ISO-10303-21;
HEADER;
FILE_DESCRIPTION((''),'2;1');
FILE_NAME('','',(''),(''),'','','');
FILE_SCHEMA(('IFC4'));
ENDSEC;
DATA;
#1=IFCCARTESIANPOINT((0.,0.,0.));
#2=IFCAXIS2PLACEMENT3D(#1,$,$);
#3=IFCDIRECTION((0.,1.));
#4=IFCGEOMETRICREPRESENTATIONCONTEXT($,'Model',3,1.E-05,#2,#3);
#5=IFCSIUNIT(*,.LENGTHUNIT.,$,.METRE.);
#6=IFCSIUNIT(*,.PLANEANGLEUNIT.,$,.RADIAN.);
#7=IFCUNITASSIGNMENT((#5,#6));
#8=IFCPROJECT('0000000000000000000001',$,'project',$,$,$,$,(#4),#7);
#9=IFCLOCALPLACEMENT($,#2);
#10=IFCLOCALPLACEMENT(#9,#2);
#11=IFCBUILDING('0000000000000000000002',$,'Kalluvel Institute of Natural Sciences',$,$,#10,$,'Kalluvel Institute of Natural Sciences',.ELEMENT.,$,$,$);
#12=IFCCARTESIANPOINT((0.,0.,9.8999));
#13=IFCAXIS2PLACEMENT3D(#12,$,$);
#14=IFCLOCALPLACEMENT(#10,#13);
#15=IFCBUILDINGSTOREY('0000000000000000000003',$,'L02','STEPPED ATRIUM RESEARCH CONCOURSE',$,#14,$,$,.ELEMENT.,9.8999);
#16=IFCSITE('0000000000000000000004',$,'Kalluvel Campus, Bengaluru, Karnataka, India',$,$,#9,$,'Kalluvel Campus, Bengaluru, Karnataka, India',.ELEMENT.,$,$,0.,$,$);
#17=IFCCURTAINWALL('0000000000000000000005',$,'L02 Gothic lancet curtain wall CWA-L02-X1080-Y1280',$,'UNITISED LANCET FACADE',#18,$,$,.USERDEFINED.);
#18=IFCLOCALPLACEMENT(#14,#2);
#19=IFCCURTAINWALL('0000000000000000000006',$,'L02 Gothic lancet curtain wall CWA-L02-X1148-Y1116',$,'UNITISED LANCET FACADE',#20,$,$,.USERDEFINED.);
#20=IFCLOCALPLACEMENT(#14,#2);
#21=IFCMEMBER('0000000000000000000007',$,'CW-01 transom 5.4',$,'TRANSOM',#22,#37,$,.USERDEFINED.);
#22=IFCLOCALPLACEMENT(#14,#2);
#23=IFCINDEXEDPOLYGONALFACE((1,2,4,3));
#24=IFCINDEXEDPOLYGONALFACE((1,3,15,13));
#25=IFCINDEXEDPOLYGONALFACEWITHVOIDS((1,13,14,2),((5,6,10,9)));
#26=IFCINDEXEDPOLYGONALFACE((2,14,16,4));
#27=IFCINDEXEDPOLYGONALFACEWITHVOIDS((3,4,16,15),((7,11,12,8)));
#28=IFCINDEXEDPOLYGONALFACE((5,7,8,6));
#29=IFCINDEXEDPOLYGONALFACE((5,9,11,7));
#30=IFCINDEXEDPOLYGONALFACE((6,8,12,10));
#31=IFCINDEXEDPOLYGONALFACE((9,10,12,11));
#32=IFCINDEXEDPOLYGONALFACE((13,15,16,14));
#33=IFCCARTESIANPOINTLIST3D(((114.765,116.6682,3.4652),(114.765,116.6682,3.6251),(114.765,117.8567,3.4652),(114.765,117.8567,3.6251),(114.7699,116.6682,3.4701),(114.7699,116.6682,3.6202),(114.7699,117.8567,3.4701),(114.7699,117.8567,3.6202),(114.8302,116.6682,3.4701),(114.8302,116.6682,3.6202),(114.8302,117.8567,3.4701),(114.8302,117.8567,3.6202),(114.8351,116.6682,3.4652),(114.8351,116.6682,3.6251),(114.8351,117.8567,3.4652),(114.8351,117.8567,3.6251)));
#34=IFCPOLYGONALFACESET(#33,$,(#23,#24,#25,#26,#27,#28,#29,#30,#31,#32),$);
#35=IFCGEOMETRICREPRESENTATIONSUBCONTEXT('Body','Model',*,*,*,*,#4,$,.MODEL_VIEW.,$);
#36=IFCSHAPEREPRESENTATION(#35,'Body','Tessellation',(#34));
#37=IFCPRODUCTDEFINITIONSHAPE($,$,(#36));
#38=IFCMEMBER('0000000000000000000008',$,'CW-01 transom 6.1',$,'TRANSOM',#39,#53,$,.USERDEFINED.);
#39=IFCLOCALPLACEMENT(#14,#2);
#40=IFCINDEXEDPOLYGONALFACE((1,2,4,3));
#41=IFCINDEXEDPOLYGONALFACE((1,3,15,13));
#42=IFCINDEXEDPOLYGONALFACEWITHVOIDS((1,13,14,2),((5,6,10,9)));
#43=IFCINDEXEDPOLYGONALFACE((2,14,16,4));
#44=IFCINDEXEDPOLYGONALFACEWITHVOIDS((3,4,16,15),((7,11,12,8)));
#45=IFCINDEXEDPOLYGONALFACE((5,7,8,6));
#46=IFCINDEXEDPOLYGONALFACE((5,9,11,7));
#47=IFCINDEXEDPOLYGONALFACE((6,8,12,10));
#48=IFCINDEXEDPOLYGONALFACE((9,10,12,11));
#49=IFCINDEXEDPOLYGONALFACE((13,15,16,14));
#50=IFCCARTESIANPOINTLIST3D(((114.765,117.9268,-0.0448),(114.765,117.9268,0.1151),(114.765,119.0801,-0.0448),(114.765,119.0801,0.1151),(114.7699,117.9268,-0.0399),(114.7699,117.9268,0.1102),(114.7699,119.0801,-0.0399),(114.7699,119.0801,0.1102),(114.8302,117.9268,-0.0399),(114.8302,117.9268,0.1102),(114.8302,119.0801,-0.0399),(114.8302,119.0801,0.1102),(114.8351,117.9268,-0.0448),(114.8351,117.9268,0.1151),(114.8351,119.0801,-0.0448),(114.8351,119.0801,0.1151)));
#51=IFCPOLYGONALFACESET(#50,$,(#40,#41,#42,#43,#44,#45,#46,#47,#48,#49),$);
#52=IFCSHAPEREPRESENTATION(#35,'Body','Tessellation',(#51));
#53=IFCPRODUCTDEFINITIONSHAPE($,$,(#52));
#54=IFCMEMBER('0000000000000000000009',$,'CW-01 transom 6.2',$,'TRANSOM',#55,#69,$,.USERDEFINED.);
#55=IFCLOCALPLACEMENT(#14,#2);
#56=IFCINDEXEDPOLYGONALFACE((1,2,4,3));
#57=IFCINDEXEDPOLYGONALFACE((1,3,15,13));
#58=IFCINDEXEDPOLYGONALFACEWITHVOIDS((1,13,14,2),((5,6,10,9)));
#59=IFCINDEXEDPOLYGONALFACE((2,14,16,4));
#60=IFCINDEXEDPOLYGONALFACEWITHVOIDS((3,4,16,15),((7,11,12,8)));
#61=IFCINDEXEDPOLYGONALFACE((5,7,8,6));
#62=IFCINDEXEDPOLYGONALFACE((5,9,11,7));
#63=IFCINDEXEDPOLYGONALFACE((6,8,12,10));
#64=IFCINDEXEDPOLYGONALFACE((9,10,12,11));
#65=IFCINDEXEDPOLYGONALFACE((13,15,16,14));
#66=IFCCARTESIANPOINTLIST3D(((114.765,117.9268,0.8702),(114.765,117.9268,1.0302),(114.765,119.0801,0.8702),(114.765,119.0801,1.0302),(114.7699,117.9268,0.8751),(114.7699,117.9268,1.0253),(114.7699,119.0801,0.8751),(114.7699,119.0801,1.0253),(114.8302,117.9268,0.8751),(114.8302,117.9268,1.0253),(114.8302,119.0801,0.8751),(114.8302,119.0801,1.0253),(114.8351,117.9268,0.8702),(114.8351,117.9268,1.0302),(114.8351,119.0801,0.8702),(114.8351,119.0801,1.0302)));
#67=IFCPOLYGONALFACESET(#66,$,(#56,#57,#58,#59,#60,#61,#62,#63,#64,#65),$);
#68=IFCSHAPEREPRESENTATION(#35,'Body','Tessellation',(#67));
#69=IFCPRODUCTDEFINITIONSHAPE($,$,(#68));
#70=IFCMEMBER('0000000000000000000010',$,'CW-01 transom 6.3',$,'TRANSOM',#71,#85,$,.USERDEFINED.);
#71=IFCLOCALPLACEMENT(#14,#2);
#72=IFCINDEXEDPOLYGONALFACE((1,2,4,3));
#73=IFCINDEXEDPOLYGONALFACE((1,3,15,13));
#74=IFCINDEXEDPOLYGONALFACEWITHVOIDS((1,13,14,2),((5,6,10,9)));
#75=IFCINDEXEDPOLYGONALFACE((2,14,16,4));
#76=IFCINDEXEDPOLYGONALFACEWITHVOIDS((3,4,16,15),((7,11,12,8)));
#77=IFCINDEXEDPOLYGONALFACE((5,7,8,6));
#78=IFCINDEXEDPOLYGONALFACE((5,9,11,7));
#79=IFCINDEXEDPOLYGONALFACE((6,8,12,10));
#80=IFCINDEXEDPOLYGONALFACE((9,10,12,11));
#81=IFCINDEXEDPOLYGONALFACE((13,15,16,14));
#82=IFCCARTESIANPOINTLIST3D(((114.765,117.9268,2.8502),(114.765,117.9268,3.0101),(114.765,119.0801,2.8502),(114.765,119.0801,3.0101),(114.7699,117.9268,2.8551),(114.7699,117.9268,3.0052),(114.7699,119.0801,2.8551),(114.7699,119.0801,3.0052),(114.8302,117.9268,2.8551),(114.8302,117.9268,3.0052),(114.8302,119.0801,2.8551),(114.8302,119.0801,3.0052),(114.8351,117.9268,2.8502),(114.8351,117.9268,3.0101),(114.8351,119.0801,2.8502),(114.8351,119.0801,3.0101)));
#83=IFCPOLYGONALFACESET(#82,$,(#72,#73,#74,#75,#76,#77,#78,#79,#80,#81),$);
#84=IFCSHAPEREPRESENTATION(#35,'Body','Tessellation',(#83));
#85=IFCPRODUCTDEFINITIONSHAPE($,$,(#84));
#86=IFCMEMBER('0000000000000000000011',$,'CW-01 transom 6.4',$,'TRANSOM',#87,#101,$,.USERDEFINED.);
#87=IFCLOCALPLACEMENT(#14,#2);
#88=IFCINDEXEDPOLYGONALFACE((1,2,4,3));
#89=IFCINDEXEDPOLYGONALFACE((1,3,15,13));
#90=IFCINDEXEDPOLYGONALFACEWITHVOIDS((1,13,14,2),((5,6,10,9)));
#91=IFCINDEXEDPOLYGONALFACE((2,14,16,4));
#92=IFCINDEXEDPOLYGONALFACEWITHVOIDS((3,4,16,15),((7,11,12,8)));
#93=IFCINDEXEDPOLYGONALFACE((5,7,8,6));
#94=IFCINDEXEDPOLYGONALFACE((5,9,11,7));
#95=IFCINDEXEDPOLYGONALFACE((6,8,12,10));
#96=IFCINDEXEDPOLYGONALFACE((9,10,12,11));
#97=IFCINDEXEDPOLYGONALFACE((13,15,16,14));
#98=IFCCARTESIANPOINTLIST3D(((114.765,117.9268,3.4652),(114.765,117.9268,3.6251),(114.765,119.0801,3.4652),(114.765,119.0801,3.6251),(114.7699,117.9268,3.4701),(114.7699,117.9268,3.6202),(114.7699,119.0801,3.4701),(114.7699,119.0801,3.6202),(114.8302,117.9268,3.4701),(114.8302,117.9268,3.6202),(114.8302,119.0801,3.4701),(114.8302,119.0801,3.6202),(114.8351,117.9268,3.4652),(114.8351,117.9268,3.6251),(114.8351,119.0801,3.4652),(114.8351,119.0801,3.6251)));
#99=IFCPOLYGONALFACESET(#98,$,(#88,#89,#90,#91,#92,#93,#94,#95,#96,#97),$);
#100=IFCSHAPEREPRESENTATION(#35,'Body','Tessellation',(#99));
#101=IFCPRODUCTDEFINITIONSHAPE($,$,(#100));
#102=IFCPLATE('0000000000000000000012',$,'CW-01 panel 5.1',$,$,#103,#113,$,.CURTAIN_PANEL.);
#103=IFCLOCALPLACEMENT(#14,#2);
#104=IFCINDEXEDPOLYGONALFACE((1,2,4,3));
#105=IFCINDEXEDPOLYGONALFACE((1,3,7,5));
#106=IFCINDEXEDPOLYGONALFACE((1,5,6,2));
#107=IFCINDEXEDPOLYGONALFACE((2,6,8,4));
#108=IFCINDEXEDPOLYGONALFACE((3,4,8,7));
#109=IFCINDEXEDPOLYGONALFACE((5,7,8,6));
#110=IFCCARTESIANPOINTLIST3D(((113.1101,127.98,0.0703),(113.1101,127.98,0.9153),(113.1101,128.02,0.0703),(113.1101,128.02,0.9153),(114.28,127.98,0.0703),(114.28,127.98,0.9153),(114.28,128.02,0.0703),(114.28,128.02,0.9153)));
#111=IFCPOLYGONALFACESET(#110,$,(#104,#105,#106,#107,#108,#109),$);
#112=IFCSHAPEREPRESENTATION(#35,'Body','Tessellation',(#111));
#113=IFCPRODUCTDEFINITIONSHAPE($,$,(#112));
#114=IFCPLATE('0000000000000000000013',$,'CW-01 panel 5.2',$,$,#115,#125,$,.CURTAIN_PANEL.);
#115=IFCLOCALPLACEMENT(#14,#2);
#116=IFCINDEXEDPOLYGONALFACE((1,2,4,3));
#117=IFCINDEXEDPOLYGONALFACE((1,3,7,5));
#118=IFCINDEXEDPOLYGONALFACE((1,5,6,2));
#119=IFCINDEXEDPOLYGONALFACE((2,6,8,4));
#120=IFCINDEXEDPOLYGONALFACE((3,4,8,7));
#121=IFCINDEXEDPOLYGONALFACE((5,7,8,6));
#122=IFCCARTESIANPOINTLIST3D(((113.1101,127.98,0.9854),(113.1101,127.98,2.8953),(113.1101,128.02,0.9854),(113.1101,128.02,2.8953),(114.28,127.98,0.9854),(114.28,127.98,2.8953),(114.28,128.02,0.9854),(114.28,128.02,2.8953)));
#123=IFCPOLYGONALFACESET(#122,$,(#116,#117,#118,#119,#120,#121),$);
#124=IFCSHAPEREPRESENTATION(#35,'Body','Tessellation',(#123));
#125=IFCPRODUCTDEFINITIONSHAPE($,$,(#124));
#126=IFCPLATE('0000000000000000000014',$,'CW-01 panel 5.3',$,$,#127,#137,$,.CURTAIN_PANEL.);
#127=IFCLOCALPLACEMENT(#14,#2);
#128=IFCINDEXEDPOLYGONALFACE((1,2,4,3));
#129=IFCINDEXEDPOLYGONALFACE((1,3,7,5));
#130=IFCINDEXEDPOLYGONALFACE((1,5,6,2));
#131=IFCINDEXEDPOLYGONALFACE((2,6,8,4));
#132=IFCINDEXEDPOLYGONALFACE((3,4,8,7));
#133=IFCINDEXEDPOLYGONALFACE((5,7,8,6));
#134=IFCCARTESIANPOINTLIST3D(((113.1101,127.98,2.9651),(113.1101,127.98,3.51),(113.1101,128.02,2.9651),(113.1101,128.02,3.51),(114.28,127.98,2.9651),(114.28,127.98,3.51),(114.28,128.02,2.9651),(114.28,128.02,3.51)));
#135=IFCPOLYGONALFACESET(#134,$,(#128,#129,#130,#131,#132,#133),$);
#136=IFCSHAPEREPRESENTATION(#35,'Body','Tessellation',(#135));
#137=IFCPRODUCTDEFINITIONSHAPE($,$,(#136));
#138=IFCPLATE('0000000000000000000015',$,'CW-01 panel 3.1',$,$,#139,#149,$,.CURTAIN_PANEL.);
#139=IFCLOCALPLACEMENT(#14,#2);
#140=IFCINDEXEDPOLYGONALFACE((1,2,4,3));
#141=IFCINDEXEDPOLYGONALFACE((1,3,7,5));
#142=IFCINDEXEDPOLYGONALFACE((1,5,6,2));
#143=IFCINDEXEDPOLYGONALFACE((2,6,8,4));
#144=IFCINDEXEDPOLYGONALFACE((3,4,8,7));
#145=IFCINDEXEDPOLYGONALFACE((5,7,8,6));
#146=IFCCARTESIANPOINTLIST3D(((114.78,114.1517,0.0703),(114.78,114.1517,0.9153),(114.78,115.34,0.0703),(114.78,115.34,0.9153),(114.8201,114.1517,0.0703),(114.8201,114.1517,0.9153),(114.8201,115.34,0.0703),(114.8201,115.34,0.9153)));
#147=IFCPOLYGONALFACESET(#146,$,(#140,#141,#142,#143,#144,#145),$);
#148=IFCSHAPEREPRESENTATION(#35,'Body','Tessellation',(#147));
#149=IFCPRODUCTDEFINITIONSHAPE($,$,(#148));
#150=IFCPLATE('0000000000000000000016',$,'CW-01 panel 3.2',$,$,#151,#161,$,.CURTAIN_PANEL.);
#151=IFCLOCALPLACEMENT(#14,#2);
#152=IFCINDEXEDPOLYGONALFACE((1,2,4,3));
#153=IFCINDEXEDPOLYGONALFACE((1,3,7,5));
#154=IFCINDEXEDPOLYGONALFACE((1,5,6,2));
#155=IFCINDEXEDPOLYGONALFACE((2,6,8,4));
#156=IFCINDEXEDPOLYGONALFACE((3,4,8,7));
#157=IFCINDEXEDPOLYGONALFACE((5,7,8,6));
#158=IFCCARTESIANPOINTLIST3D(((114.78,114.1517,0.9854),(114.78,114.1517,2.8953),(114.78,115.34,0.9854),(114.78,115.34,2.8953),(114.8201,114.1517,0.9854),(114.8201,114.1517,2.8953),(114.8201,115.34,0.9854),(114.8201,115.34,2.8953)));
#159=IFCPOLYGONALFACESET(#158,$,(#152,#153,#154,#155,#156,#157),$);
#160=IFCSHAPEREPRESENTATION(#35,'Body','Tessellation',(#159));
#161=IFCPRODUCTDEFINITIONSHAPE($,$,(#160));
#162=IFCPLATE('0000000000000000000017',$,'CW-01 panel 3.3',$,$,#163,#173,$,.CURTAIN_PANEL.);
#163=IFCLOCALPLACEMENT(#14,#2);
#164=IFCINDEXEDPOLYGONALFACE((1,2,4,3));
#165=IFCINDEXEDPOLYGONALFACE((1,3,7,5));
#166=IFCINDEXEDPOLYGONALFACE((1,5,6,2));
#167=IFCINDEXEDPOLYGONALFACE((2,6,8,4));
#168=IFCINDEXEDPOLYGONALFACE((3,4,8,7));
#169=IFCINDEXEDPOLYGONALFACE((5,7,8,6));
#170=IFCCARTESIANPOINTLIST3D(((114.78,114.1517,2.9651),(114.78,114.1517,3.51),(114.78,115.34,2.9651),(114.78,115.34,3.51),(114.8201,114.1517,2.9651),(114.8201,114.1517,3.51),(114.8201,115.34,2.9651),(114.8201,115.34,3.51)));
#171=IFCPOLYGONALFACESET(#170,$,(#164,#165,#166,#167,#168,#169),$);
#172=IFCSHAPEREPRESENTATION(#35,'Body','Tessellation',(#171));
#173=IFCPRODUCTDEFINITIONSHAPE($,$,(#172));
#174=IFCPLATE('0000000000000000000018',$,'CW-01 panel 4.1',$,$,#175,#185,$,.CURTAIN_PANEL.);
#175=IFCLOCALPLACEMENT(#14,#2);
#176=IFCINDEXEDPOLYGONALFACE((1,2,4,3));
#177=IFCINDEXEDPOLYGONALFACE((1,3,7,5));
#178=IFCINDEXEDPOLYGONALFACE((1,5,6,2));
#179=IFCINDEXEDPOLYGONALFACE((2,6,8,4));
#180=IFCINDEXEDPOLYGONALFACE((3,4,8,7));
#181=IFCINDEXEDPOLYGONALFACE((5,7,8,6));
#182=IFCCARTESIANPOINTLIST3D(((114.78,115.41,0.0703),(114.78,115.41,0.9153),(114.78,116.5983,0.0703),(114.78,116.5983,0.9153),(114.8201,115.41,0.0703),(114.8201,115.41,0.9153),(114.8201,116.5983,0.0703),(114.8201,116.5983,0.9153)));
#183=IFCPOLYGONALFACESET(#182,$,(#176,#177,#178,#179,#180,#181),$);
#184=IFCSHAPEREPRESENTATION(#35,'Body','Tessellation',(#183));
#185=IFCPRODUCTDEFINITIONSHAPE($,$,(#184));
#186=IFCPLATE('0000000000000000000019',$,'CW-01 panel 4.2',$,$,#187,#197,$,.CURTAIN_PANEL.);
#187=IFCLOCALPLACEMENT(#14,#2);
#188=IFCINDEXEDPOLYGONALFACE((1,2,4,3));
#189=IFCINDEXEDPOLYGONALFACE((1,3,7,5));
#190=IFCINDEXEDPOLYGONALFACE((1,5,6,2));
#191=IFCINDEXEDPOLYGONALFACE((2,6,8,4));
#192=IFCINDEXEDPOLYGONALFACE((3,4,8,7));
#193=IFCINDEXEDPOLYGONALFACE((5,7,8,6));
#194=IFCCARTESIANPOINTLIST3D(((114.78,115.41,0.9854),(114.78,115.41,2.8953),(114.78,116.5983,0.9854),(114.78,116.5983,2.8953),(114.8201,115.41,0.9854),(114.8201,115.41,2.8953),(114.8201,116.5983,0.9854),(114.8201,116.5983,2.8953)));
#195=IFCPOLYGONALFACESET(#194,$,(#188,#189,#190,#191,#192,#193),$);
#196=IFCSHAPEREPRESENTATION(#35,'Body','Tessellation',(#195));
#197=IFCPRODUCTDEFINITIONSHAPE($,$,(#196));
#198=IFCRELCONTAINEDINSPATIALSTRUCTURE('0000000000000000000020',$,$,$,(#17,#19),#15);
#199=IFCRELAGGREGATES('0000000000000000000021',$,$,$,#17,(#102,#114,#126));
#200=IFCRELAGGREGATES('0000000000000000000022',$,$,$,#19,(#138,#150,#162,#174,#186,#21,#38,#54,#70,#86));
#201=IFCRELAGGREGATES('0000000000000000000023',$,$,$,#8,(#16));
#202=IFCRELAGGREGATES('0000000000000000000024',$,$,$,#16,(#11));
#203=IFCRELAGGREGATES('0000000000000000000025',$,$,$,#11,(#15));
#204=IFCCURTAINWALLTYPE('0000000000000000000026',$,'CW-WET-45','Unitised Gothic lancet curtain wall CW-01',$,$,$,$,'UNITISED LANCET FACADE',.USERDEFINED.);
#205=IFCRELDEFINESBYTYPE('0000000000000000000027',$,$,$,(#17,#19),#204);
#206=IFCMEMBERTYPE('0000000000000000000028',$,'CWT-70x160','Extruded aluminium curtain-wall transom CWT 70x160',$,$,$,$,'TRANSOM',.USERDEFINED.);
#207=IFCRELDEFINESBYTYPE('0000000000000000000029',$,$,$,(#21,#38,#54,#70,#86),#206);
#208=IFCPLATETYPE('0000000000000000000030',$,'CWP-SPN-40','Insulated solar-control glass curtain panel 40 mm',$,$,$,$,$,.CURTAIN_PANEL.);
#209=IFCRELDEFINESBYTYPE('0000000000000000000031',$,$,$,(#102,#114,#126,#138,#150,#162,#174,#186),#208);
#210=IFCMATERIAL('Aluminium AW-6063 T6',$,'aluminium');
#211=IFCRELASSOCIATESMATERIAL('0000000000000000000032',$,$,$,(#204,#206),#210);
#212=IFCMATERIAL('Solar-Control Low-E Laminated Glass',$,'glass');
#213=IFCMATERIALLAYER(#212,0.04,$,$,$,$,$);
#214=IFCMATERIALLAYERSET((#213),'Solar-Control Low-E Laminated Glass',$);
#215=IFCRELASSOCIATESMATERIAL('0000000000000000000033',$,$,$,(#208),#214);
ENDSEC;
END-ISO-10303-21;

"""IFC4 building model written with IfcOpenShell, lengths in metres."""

from ifc_helpers import new_model, si_unit, direction, frame, origin, origin_2d, place, context, subcontext, project, spatial, rectangle, hollow_rectangle, extrude, material, layer, layer_set, material_profile, profile_set, type_object, element, aggregate, save


model = new_model("IFC4")

# Units and contexts
model_context = context("Model", 3, precision=1e-05, world=origin(), true_north=direction((0.0, 1.0)))
body_context = subcontext(model_context, "Body", "Model", "MODEL_VIEW")
ifc_project = project(units=[si_unit("LENGTHUNIT", "METRE"), si_unit("PLANEANGLEUNIT", "RADIAN")], contexts=[model_context])

# Site, building, storey
site_placement = place(None, origin())
site = spatial("IfcSite", under=ifc_project, at=site_placement, Name="Kalluvel Campus, Bengaluru, Karnataka, India", LongName="Kalluvel Campus, Bengaluru, Karnataka, India", CompositionType="ELEMENT", RefElevation=0.0)
building_placement = place(site_placement, origin())
building = spatial("IfcBuilding", under=site, at=building_placement, Name="Kalluvel Institute of Natural Sciences", LongName="Kalluvel Institute of Natural Sciences", CompositionType="ELEMENT")
storey_placement = place(building_placement, frame((0.0, 0.0, 9.8999)))
storey = spatial("IfcBuildingStorey", under=building, at=storey_placement, Name="L02", Description="STEPPED ATRIUM RESEARCH CONCOURSE", CompositionType="ELEMENT", Elevation=9.8999)

# Curtain wall
ifc_material_1 = material(Name="Aluminium AW-6063 T6", Category="aluminium")
curtain_wall_type = type_object("IfcCurtainWallType", Name="CW-WET-45", Description="Unitised Gothic lancet curtain wall CW-01", ElementType="UNITISED LANCET FACADE", PredefinedType="USERDEFINED", material=ifc_material_1)
curtain_wall_1_placement = place(storey_placement, origin())
curtain_wall_1 = element("IfcCurtainWall", 1, at=curtain_wall_1_placement, inside=storey, type_object=curtain_wall_type, Name="L02 Gothic lancet curtain wall CWA-L02-X1080-Y1280", ObjectType="UNITISED LANCET FACADE", PredefinedType="USERDEFINED")

# Curtain wall, members
curtain_wall_2_placement = place(storey_placement, origin())
curtain_wall_2 = element("IfcCurtainWall", 2, at=curtain_wall_2_placement, inside=storey, type_object=curtain_wall_type, Name="L02 Gothic lancet curtain wall CWA-L02-X1148-Y1116", ObjectType="UNITISED LANCET FACADE", PredefinedType="USERDEFINED")
ifc_material_profile_1 = material_profile(ifc_material_1, hollow_rectangle(XDim=0.0701, YDim=0.1599, WallThickness=0.0049, at=origin_2d()), Name="CWT 70x160")
ifc_profile_set_1 = profile_set([ifc_material_profile_1], Name="Aluminium AW-6063 T6")
member_type_1 = type_object("IfcMemberType", Name="CWT-70x160", Description="Extruded aluminium curtain-wall transom CWT 70x160", ElementType="TRANSOM", PredefinedType="USERDEFINED", material=ifc_profile_set_1)
member_1_placement = place(storey_placement, frame((114.8, 116.6682, 3.5452), z_axis=(0.0, 1.0, 0.0), x_axis=(-1.0, 0.0, 0.0)))
member_1 = element("IfcMember", 3, at=member_1_placement, type_object=member_type_1, Name="CW-01 transom 5.4", ObjectType="TRANSOM", PredefinedType="USERDEFINED", context=body_context, shape_type="SweptSolid", body=[
    extrude(hollow_rectangle(XDim=0.0701, YDim=0.1599, WallThickness=0.0049, at=origin_2d()), origin(), (0.0, 0.0, 1.0), 1.1885),
])
member_2_placement = place(storey_placement, frame((114.8, 117.9268, 0.0352), z_axis=(0.0, 1.0, 0.0), x_axis=(-1.0, 0.0, 0.0)))
member_2 = element("IfcMember", 4, at=member_2_placement, type_object=member_type_1, Name="CW-01 transom 6.1", ObjectType="TRANSOM", PredefinedType="USERDEFINED", context=body_context, shape_type="SweptSolid", body=[
    extrude(hollow_rectangle(XDim=0.0701, YDim=0.1599, WallThickness=0.0049, at=origin_2d()), origin(), (0.0, 0.0, 1.0), 1.1533),
])
member_3_placement = place(storey_placement, frame((114.8, 117.9268, 0.9502), z_axis=(0.0, 1.0, 0.0), x_axis=(-1.0, 0.0, 0.0)))
member_3 = element("IfcMember", 5, at=member_3_placement, type_object=member_type_1, Name="CW-01 transom 6.2", ObjectType="TRANSOM", PredefinedType="USERDEFINED", context=body_context, shape_type="SweptSolid", body=[
    extrude(hollow_rectangle(XDim=0.0701, YDim=0.1599, WallThickness=0.0049, at=origin_2d()), origin(), (0.0, 0.0, 1.0), 1.1533),
])
member_4_placement = place(storey_placement, frame((114.8, 117.9268, 2.9302), z_axis=(0.0, 1.0, 0.0), x_axis=(-1.0, 0.0, 0.0)))
member_4 = element("IfcMember", 6, at=member_4_placement, type_object=member_type_1, Name="CW-01 transom 6.3", ObjectType="TRANSOM", PredefinedType="USERDEFINED", context=body_context, shape_type="SweptSolid", body=[
    extrude(hollow_rectangle(XDim=0.0701, YDim=0.1599, WallThickness=0.0049, at=origin_2d()), origin(), (0.0, 0.0, 1.0), 1.1533),
])
member_5_placement = place(storey_placement, frame((114.8, 117.9268, 3.5452), z_axis=(0.0, 1.0, 0.0), x_axis=(-1.0, 0.0, 0.0)))
member_5 = element("IfcMember", 7, at=member_5_placement, type_object=member_type_1, Name="CW-01 transom 6.4", ObjectType="TRANSOM", PredefinedType="USERDEFINED", context=body_context, shape_type="SweptSolid", body=[
    extrude(hollow_rectangle(XDim=0.0701, YDim=0.1599, WallThickness=0.0049, at=origin_2d()), origin(), (0.0, 0.0, 1.0), 1.1533),
])

# Plates
ifc_material_2 = material(Name="Solar-Control Low-E Laminated Glass", Category="glass")
ifc_layer = layer(ifc_material_2, 0.04)
ifc_layer_set = layer_set([ifc_layer], Name="Solar-Control Low-E Laminated Glass")
plate_type = type_object("IfcPlateType", Name="CWP-SPN-40", Description="Insulated solar-control glass curtain panel 40 mm", PredefinedType="CURTAIN_PANEL", material=ifc_layer_set)
plate_1_placement = place(storey_placement, frame((113.6951, 128.0, 0.0703), z_axis=(0.0, 0.0, 1.0), x_axis=(1.0, 0.0, 0.0)))
plate_1 = element("IfcPlate", 8, at=plate_1_placement, type_object=plate_type, Name="CW-01 panel 5.1", PredefinedType="CURTAIN_PANEL", context=body_context, shape_type="SweptSolid", body=[
    extrude(rectangle(XDim=1.1699, YDim=0.04, at=origin_2d()), origin(), (0.0, 0.0, 1.0), 0.845),
])
plate_2_placement = place(storey_placement, frame((113.6951, 128.0, 0.9854), z_axis=(0.0, 0.0, 1.0), x_axis=(1.0, 0.0, 0.0)))
plate_2 = element("IfcPlate", 9, at=plate_2_placement, type_object=plate_type, Name="CW-01 panel 5.2", PredefinedType="CURTAIN_PANEL", context=body_context, shape_type="SweptSolid", body=[
    extrude(rectangle(XDim=1.1699, YDim=0.04, at=origin_2d()), origin(), (0.0, 0.0, 1.0), 1.9099),
])
plate_3_placement = place(storey_placement, frame((113.6951, 128.0, 2.9651), z_axis=(0.0, 0.0, 1.0), x_axis=(1.0, 0.0, 0.0)))
plate_3 = element("IfcPlate", 10, at=plate_3_placement, type_object=plate_type, Name="CW-01 panel 5.3", PredefinedType="CURTAIN_PANEL", context=body_context, shape_type="SweptSolid", body=[
    extrude(rectangle(XDim=1.1699, YDim=0.04, at=origin_2d()), origin(), (0.0, 0.0, 1.0), 0.5449),
])
aggregate(curtain_wall_1, [plate_1, plate_2, plate_3])
plate_4_placement = place(storey_placement, frame((114.8, 114.7458, 0.0703), z_axis=(0.0, 0.0, 1.0), x_axis=(0.0, 1.0, 0.0)))
plate_4 = element("IfcPlate", 11, at=plate_4_placement, type_object=plate_type, Name="CW-01 panel 3.1", PredefinedType="CURTAIN_PANEL", context=body_context, shape_type="SweptSolid", body=[
    extrude(rectangle(XDim=1.1882, YDim=0.04, at=origin_2d()), origin(), (0.0, 0.0, 1.0), 0.845),
])
plate_5_placement = place(storey_placement, frame((114.8, 114.7458, 0.9854), z_axis=(0.0, 0.0, 1.0), x_axis=(0.0, 1.0, 0.0)))
plate_5 = element("IfcPlate", 12, at=plate_5_placement, type_object=plate_type, Name="CW-01 panel 3.2", PredefinedType="CURTAIN_PANEL", context=body_context, shape_type="SweptSolid", body=[
    extrude(rectangle(XDim=1.1882, YDim=0.04, at=origin_2d()), origin(), (0.0, 0.0, 1.0), 1.9099),
])
plate_6_placement = place(storey_placement, frame((114.8, 114.7458, 2.9651), z_axis=(0.0, 0.0, 1.0), x_axis=(0.0, 1.0, 0.0)))
plate_6 = element("IfcPlate", 13, at=plate_6_placement, type_object=plate_type, Name="CW-01 panel 3.3", PredefinedType="CURTAIN_PANEL", context=body_context, shape_type="SweptSolid", body=[
    extrude(rectangle(XDim=1.1882, YDim=0.04, at=origin_2d()), origin(), (0.0, 0.0, 1.0), 0.5449),
])
plate_7_placement = place(storey_placement, frame((114.8, 116.0042, 0.0703), z_axis=(0.0, 0.0, 1.0), x_axis=(0.0, 1.0, 0.0)))
plate_7 = element("IfcPlate", 14, at=plate_7_placement, type_object=plate_type, Name="CW-01 panel 4.1", PredefinedType="CURTAIN_PANEL", context=body_context, shape_type="SweptSolid", body=[
    extrude(rectangle(XDim=1.1882, YDim=0.04, at=origin_2d()), origin(), (0.0, 0.0, 1.0), 0.845),
])
plate_8_placement = place(storey_placement, frame((114.8, 116.0042, 0.9854), z_axis=(0.0, 0.0, 1.0), x_axis=(0.0, 1.0, 0.0)))
plate_8 = element("IfcPlate", 15, at=plate_8_placement, type_object=plate_type, Name="CW-01 panel 4.2", PredefinedType="CURTAIN_PANEL", context=body_context, shape_type="SweptSolid", body=[
    extrude(rectangle(XDim=1.1882, YDim=0.04, at=origin_2d()), origin(), (0.0, 0.0, 1.0), 1.9099),
])
aggregate(curtain_wall_2, [plate_4, plate_5, plate_6, plate_7, plate_8, member_1, member_2, member_3, member_4, member_5])

save(model, "model.ifc")
